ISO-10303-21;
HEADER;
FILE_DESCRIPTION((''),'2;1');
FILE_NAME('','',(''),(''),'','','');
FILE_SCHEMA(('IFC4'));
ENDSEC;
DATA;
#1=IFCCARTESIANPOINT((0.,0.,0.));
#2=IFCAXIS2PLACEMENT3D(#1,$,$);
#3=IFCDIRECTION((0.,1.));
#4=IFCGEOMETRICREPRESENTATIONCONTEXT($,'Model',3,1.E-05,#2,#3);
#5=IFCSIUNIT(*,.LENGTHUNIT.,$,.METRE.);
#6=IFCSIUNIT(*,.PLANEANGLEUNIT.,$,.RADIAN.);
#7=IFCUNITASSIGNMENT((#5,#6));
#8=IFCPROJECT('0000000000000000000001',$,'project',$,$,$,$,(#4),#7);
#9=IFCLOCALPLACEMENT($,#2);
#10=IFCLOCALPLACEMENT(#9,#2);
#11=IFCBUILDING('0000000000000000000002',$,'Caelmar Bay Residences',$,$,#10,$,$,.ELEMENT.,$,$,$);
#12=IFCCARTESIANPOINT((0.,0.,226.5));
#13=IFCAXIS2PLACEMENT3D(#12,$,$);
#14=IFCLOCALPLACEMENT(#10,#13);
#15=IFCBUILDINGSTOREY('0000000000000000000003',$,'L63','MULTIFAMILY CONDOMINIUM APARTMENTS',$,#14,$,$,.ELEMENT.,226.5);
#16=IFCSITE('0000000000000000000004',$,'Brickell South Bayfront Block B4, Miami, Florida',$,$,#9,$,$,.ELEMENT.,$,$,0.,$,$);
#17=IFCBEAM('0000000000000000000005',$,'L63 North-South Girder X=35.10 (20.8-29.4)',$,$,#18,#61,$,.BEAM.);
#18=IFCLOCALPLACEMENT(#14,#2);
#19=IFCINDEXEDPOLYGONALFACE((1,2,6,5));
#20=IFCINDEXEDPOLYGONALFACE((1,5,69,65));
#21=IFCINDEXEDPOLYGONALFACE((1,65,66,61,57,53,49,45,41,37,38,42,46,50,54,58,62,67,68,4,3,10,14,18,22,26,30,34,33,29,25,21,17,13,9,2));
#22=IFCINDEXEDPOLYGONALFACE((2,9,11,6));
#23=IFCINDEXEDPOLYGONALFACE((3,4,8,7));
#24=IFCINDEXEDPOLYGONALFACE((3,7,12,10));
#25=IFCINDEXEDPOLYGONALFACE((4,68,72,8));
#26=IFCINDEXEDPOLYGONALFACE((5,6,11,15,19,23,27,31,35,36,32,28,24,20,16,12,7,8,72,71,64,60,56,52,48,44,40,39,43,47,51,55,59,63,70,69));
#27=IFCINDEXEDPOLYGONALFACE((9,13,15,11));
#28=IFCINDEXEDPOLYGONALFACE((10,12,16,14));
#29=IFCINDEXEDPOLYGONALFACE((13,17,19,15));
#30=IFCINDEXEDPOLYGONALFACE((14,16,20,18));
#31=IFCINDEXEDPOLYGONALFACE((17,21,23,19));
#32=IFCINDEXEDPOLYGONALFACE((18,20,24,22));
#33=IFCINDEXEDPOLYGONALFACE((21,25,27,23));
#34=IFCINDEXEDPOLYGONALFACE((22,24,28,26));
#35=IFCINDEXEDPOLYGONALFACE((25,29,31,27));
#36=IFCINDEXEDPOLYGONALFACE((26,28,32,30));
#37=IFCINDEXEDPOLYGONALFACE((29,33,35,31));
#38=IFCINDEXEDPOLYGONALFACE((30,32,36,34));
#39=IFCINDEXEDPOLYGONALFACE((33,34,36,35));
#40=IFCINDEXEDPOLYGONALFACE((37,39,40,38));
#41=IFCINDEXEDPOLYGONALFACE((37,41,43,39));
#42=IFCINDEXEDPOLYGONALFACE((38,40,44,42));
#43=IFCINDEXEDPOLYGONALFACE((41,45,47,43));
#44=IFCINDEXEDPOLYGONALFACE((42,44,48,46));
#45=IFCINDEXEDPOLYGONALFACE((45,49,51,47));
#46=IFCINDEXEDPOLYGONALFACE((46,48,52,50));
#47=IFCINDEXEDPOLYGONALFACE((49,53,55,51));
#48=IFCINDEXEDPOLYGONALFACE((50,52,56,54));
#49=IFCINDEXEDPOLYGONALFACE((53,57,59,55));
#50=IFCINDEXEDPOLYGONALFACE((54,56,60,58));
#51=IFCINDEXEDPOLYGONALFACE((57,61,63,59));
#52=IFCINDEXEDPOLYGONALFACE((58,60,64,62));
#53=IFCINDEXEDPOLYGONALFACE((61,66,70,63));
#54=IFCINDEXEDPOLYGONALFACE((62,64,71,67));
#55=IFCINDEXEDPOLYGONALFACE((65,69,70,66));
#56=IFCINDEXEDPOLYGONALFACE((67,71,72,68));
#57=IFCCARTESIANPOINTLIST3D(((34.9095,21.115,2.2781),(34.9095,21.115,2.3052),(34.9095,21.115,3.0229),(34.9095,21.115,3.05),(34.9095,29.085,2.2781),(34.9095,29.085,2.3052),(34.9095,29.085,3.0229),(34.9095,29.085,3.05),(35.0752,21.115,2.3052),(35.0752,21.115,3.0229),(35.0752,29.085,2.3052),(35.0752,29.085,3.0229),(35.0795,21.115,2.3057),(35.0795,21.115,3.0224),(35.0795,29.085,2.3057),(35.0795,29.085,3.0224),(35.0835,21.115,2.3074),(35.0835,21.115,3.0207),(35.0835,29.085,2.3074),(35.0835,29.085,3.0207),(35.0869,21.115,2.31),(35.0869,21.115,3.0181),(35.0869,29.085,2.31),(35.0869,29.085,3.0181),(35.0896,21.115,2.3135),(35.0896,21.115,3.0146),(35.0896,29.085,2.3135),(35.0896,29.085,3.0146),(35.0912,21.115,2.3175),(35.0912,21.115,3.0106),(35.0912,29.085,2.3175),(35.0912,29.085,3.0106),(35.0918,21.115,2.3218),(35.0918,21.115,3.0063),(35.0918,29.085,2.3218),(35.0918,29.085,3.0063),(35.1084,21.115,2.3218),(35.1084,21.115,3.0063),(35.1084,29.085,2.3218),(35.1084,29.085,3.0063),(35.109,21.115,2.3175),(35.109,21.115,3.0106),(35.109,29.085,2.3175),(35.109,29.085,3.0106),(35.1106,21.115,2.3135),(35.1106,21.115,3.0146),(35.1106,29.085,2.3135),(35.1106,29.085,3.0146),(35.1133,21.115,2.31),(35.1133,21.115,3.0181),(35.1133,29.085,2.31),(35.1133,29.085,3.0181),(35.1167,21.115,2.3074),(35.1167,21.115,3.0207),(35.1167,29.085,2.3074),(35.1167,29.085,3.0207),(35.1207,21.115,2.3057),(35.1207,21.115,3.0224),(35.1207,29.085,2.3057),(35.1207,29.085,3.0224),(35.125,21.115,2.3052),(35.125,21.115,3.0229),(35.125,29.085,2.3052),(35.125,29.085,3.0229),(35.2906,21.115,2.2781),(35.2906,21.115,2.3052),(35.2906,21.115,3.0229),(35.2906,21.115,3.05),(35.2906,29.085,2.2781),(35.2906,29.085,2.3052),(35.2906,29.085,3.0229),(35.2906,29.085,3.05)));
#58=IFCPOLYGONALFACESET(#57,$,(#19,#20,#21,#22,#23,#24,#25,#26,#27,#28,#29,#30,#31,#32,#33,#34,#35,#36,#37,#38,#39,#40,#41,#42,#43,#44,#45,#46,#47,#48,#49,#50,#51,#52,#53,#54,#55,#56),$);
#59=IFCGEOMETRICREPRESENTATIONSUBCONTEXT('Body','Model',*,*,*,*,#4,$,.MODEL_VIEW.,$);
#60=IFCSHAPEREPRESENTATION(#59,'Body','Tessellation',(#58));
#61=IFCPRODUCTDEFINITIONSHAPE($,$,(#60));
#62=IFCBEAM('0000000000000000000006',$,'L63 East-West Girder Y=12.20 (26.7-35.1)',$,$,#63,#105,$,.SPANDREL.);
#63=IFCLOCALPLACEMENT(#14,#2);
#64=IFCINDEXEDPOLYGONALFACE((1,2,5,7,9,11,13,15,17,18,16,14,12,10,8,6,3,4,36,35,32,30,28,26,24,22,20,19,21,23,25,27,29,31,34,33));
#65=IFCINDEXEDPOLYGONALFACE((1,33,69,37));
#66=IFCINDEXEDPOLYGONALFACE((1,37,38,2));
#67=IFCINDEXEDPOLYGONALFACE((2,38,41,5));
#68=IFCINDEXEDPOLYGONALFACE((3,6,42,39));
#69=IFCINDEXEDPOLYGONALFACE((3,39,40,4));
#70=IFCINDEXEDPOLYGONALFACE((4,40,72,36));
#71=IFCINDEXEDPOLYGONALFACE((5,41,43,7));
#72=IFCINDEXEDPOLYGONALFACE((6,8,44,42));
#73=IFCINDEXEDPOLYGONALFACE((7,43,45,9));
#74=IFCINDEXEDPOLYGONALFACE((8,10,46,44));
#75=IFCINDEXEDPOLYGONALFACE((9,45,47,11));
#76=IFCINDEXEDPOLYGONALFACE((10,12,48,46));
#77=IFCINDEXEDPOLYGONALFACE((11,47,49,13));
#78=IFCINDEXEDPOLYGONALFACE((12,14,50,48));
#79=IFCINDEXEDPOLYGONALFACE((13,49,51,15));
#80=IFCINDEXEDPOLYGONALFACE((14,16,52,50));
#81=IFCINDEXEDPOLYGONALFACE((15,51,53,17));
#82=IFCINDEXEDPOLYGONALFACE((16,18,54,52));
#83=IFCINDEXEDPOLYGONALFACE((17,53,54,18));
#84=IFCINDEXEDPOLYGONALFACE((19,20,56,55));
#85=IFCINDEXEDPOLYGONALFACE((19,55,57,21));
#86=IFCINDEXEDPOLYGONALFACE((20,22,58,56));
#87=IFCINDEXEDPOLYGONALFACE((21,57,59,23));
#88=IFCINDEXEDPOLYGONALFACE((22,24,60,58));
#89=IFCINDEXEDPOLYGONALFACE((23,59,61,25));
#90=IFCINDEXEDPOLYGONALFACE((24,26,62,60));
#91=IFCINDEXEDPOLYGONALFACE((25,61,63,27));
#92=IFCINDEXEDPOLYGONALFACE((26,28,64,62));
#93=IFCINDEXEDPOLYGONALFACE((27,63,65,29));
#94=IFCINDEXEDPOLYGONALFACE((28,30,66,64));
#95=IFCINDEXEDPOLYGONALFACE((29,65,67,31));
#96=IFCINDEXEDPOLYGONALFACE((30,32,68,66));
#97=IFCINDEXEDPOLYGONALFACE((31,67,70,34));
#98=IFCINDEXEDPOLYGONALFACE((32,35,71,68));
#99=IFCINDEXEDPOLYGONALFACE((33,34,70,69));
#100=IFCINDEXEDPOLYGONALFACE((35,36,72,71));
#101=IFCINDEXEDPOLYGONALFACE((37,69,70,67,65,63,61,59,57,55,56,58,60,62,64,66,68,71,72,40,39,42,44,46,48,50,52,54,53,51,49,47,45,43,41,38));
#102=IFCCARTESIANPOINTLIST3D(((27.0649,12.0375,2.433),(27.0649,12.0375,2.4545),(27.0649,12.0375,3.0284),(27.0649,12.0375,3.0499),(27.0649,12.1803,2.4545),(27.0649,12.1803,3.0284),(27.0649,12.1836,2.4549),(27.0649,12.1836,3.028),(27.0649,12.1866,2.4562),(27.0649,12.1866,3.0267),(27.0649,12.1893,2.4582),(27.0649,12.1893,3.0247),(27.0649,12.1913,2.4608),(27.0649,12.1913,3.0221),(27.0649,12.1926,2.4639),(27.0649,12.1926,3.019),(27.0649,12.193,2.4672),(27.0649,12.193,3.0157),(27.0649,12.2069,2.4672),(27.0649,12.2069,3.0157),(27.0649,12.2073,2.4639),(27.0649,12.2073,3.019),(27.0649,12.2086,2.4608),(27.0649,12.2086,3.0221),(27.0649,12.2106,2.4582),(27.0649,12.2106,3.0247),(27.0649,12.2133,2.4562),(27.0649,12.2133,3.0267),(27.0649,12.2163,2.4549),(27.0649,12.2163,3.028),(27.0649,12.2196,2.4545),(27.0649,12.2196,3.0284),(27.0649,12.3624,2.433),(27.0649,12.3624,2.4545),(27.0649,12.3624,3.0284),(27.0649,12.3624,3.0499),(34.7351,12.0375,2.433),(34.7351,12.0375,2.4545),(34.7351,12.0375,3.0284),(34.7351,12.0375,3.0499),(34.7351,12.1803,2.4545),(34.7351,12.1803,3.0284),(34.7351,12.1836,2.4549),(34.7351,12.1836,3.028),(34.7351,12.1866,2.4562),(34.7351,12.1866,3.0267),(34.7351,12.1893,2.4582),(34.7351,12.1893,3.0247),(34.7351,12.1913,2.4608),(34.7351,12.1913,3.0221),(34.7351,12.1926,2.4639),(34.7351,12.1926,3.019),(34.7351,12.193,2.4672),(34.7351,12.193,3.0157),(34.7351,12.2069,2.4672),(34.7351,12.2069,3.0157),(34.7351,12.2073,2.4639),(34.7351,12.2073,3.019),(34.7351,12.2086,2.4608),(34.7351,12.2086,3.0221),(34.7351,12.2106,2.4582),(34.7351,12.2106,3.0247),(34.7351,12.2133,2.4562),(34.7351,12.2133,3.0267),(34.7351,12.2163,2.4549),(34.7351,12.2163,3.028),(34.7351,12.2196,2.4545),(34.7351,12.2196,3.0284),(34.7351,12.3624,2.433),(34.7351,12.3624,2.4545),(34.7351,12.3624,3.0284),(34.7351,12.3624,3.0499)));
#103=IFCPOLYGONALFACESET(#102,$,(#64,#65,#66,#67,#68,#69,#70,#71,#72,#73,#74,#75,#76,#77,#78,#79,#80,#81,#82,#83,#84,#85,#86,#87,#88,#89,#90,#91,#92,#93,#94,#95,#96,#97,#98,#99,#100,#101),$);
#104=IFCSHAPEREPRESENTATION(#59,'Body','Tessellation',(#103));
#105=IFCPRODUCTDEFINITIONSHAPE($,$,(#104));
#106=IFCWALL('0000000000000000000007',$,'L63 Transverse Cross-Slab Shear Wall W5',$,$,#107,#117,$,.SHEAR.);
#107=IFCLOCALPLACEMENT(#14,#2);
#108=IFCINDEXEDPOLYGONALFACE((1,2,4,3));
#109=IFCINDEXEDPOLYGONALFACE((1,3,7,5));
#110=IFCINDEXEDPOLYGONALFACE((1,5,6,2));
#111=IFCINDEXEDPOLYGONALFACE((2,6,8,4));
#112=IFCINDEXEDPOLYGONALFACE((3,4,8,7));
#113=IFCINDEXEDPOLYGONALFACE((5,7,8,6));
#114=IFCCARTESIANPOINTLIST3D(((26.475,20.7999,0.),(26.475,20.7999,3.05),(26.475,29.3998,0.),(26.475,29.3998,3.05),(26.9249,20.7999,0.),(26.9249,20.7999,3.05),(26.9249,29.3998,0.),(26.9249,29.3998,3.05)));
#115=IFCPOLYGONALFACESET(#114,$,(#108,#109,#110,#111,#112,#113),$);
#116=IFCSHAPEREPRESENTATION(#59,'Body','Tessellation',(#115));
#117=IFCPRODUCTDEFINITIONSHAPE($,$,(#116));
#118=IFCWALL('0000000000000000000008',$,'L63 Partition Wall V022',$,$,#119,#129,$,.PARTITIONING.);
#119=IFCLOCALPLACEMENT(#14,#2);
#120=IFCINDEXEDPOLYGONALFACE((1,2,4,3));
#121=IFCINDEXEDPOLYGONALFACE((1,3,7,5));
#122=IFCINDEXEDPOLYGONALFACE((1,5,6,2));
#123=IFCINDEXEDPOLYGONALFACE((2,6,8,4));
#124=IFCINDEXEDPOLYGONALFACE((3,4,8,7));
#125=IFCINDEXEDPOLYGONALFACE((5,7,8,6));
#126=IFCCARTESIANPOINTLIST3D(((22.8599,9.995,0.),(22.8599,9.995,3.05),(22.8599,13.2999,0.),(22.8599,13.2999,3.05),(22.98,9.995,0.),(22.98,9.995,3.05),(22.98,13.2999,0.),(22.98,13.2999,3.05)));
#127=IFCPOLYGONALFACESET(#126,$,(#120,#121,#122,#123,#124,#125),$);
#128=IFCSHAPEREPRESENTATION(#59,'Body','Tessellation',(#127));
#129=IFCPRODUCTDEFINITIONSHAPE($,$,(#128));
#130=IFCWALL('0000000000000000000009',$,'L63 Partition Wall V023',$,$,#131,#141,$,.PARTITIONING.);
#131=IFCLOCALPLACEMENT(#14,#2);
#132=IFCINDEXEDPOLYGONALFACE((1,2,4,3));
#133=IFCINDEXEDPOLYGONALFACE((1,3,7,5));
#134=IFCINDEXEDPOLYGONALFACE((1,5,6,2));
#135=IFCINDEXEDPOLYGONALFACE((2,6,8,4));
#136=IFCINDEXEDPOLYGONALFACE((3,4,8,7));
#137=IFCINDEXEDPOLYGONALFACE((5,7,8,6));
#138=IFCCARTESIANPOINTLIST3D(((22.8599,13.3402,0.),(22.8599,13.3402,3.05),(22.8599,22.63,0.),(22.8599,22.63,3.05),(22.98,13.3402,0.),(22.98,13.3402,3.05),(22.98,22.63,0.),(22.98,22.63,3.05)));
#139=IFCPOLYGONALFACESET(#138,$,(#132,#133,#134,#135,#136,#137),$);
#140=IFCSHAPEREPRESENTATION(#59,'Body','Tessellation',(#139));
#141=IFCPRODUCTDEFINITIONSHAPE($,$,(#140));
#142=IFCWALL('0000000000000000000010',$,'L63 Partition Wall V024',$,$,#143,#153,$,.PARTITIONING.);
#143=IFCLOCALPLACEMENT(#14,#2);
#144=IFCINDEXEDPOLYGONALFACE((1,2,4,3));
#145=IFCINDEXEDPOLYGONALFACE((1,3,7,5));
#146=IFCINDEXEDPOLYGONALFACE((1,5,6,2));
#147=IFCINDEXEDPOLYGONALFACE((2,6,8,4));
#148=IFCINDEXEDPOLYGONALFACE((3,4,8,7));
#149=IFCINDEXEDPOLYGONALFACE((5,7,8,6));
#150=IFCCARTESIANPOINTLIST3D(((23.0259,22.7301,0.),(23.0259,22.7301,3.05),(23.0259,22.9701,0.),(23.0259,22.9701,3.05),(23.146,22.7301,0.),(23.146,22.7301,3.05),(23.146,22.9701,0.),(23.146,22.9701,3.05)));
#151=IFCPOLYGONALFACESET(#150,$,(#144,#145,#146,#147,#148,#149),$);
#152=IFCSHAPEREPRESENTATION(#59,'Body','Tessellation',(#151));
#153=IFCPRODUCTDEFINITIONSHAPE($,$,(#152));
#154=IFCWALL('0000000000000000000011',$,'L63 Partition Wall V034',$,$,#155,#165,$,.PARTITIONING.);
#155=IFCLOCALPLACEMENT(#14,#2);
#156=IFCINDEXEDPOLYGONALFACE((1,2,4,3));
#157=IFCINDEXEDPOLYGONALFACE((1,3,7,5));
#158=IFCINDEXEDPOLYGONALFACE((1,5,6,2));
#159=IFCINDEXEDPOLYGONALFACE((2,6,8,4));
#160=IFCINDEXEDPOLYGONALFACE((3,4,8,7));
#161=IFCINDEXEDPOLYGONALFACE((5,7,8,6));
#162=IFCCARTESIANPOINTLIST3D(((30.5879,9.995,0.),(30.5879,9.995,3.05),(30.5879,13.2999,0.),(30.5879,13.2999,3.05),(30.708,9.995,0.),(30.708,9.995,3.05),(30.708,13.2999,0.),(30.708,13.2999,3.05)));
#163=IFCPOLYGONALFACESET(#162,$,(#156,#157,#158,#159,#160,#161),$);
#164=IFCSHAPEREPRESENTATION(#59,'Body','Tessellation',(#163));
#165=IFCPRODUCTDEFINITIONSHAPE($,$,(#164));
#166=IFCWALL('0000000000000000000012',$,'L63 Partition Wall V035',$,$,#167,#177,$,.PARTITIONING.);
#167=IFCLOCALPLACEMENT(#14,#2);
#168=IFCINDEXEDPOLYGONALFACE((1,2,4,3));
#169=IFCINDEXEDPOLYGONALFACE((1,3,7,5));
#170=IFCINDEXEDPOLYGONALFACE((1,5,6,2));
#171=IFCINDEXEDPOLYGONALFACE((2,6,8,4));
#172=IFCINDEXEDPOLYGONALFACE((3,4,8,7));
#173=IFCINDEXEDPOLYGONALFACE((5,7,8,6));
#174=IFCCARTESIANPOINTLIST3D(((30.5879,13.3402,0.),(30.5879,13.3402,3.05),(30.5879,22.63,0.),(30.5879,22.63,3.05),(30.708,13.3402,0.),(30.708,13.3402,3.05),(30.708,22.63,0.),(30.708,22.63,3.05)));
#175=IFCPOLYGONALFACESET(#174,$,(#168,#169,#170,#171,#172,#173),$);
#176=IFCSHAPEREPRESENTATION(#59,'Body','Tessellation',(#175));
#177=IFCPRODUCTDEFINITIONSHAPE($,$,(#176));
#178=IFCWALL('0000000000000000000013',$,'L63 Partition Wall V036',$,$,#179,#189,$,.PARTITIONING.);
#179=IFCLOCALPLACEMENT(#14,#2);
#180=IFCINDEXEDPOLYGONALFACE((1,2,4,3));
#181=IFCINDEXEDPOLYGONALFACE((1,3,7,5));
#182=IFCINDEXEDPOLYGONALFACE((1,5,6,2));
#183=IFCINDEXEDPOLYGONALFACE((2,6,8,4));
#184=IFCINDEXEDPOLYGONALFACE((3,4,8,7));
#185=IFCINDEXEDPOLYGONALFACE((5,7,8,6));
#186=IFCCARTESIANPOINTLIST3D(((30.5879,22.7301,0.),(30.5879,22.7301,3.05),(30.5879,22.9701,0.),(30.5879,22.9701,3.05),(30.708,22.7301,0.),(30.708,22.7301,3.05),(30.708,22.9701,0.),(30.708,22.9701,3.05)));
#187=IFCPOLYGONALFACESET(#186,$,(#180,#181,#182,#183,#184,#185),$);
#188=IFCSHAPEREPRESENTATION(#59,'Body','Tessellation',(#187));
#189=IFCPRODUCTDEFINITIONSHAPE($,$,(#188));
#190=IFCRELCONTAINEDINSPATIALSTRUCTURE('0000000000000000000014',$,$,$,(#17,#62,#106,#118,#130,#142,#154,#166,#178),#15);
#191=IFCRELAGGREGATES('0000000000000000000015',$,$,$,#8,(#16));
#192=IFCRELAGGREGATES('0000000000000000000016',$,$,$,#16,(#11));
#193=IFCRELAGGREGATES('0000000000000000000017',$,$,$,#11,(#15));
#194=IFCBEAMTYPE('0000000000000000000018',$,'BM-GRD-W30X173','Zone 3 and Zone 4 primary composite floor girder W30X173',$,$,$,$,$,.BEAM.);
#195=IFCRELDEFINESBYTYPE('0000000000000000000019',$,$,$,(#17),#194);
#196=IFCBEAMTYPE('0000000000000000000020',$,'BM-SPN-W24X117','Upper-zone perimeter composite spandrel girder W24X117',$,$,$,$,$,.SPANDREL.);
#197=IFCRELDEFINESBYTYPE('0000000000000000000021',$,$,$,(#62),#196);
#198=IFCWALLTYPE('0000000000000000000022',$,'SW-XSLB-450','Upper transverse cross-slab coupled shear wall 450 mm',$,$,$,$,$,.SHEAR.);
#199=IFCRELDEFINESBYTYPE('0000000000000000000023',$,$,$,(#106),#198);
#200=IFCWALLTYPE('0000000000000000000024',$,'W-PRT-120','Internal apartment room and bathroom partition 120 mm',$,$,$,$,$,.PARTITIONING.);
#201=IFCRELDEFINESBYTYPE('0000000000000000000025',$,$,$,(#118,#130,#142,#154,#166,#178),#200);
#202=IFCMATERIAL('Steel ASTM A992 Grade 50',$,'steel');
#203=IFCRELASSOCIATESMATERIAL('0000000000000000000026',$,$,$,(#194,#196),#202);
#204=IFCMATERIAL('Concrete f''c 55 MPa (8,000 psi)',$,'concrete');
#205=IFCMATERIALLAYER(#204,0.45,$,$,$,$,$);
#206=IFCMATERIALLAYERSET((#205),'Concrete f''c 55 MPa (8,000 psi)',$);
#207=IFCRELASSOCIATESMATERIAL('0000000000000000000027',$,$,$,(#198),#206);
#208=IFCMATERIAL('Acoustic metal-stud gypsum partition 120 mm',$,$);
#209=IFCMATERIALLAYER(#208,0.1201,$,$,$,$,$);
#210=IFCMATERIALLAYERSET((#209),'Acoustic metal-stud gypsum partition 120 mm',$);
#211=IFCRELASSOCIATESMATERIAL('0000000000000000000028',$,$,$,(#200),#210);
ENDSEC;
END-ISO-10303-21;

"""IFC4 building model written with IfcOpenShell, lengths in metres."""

from ifc_helpers import new_model, si_unit, direction, frame, frame_2d, origin, origin_2d, place, context, subcontext, project, spatial, rectangle, i_section, extrude, material, layer, layer_set, material_profile, profile_set, type_object, element, save


model = new_model("IFC4")

# Units and contexts
model_context = context("Model", 3, precision=1e-05, world=origin(), true_north=direction((0.0, 1.0)))
body_context = subcontext(model_context, "Body", "Model", "MODEL_VIEW")
ifc_project = project(units=[si_unit("LENGTHUNIT", "METRE"), si_unit("PLANEANGLEUNIT", "RADIAN")], contexts=[model_context])

# Site, building, storey
site_placement = place(None, origin())
site = spatial("IfcSite", under=ifc_project, at=site_placement, Name="Brickell South Bayfront Block B4, Miami, Florida", CompositionType="ELEMENT", RefElevation=0.0)
building_placement = place(site_placement, origin())
building = spatial("IfcBuilding", under=site, at=building_placement, Name="Caelmar Bay Residences", CompositionType="ELEMENT")
storey_placement = place(building_placement, frame((0.0, 0.0, 226.5)))
storey = spatial("IfcBuildingStorey", under=building, at=storey_placement, Name="L63", Description="MULTIFAMILY CONDOMINIUM APARTMENTS", CompositionType="ELEMENT", Elevation=226.5)

# Shared definitions
ifc_material_1 = material(Name="Concrete f'c 55 MPa (8,000 psi)", Category="concrete")

# Beams
ifc_material_2 = material(Name="Steel ASTM A992 Grade 50", Category="steel")
ifc_material_profile_1 = material_profile(ifc_material_2, i_section(OverallWidth=0.3811, OverallDepth=0.772, WebThickness=0.0166, FlangeThickness=0.0271, FilletRadius=0.0166, at=origin_2d()), Name="W30X173")
ifc_profile_set_1 = profile_set([ifc_material_profile_1], Name="Steel ASTM A992 Grade 50")
beam_type_1 = type_object("IfcBeamType", Name="BM-GRD-W30X173", Description="Zone 3 and Zone 4 primary composite floor girder W30X173", PredefinedType="BEAM", material=ifc_profile_set_1)
beam_1_placement = place(storey_placement, frame((35.1001, 21.115, 2.6641), z_axis=(0.0, 1.0, 0.0), x_axis=(-1.0, 0.0, 0.0)))
element("IfcBeam", 1, at=beam_1_placement, inside=storey, type_object=beam_type_1, Name="L63 North-South Girder X=35.10 (20.8-29.4)", PredefinedType="BEAM", context=body_context, shape_type="SweptSolid", body=[
    extrude(i_section(OverallWidth=0.3811, OverallDepth=0.772, WebThickness=0.0166, FlangeThickness=0.0271, FilletRadius=0.0166, at=origin_2d()), origin(), (0.0, 0.0, 1.0), 7.97),
])
ifc_material_profile_2 = material_profile(ifc_material_2, i_section(OverallWidth=0.325, OverallDepth=0.6169, WebThickness=0.0139, FlangeThickness=0.0215, FilletRadius=0.0127, at=origin_2d()), Name="W24X117")
ifc_profile_set_2 = profile_set([ifc_material_profile_2], Name="Steel ASTM A992 Grade 50")
beam_type_2 = type_object("IfcBeamType", Name="BM-SPN-W24X117", Description="Upper-zone perimeter composite spandrel girder W24X117", PredefinedType="SPANDREL", material=ifc_profile_set_2)
beam_2_placement = place(storey_placement, frame((27.0649, 12.2, 2.7415), z_axis=(1.0, 0.0, 0.0), x_axis=(0.0, 1.0, 0.0)))
element("IfcBeam", 2, at=beam_2_placement, inside=storey, type_object=beam_type_2, Name="L63 East-West Girder Y=12.20 (26.7-35.1)", PredefinedType="SPANDREL", context=body_context, shape_type="SweptSolid", body=[
    extrude(i_section(OverallWidth=0.325, OverallDepth=0.6169, WebThickness=0.0139, FlangeThickness=0.0215, FilletRadius=0.0127, at=origin_2d()), origin(), (0.0, 0.0, 1.0), 7.6702),
])

# Walls
ifc_layer_1 = layer(ifc_material_1, 0.45)
ifc_layer_set_1 = layer_set([ifc_layer_1], Name="Concrete f'c 55 MPa (8,000 psi)")
wall_type_1 = type_object("IfcWallType", Name="SW-XSLB-450", Description="Upper transverse cross-slab coupled shear wall 450 mm", PredefinedType="SHEAR", material=ifc_layer_set_1)
wall_1_placement = place(storey_placement, frame((26.7, 20.8, 0.0), z_axis=(0.0, 0.0, 1.0), x_axis=(0.0, 1.0, 0.0)))
element("IfcWall", 3, at=wall_1_placement, inside=storey, type_object=wall_type_1, Name="L63 Transverse Cross-Slab Shear Wall W5", PredefinedType="SHEAR", context=body_context, shape_type="SweptSolid", body=[
    extrude(rectangle(XDim=8.5999, YDim=0.45, at=frame_2d((4.2998, 0.0))), origin(), (0.0, 0.0, 1.0), 3.05),
])
ifc_material_3 = material(Name="Acoustic metal-stud gypsum partition 120 mm")
ifc_layer_2 = layer(ifc_material_3, 0.1201)
ifc_layer_set_2 = layer_set([ifc_layer_2], Name="Acoustic metal-stud gypsum partition 120 mm")
wall_type_2 = type_object("IfcWallType", Name="W-PRT-120", Description="Internal apartment room and bathroom partition 120 mm", PredefinedType="PARTITIONING", material=ifc_layer_set_2)
wall_2_placement = place(storey_placement, frame((22.9199, 9.9951, 0.0), z_axis=(0.0, 0.0, 1.0), x_axis=(0.0, 1.0, 0.0)))
element("IfcWall", 4, at=wall_2_placement, inside=storey, type_object=wall_type_2, Name="L63 Partition Wall V022", PredefinedType="PARTITIONING", context=body_context, shape_type="SweptSolid", body=[
    extrude(rectangle(XDim=3.3049, YDim=0.1201, at=frame_2d((1.6523, 0.0))), origin(), (0.0, 0.0, 1.0), 3.05),
])
wall_3_placement = place(storey_placement, frame((22.9199, 13.3401, 0.0), z_axis=(0.0, 0.0, 1.0), x_axis=(0.0, 1.0, 0.0)))
element("IfcWall", 5, at=wall_3_placement, inside=storey, type_object=wall_type_2, Name="L63 Partition Wall V023", PredefinedType="PARTITIONING", context=body_context, shape_type="SweptSolid", body=[
    extrude(rectangle(XDim=9.2898, YDim=0.1201, at=frame_2d((4.645, 0.0))), origin(), (0.0, 0.0, 1.0), 3.05),
])
wall_4_placement = place(storey_placement, frame((23.0859, 22.73, 0.0), z_axis=(0.0, 0.0, 1.0), x_axis=(0.0, 1.0, 0.0)))
element("IfcWall", 6, at=wall_4_placement, inside=storey, type_object=wall_type_2, Name="L63 Partition Wall V024", PredefinedType="PARTITIONING", context=body_context, shape_type="SweptSolid", body=[
    extrude(rectangle(XDim=0.24, YDim=0.1201, at=frame_2d((0.1201, 0.0))), origin(), (0.0, 0.0, 1.0), 3.05),
])
wall_5_placement = place(storey_placement, frame((30.6479, 9.9951, 0.0), z_axis=(0.0, 0.0, 1.0), x_axis=(0.0, 1.0, 0.0)))
element("IfcWall", 7, at=wall_5_placement, inside=storey, type_object=wall_type_2, Name="L63 Partition Wall V034", PredefinedType="PARTITIONING", context=body_context, shape_type="SweptSolid", body=[
    extrude(rectangle(XDim=3.3049, YDim=0.1201, at=frame_2d((1.6523, 0.0))), origin(), (0.0, 0.0, 1.0), 3.05),
])
wall_6_placement = place(storey_placement, frame((30.6479, 13.3401, 0.0), z_axis=(0.0, 0.0, 1.0), x_axis=(0.0, 1.0, 0.0)))
element("IfcWall", 8, at=wall_6_placement, inside=storey, type_object=wall_type_2, Name="L63 Partition Wall V035", PredefinedType="PARTITIONING", context=body_context, shape_type="SweptSolid", body=[
    extrude(rectangle(XDim=9.2898, YDim=0.1201, at=frame_2d((4.645, 0.0))), origin(), (0.0, 0.0, 1.0), 3.05),
])
wall_7_placement = place(storey_placement, frame((30.6479, 22.73, 0.0), z_axis=(0.0, 0.0, 1.0), x_axis=(0.0, 1.0, 0.0)))
element("IfcWall", 9, at=wall_7_placement, inside=storey, type_object=wall_type_2, Name="L63 Partition Wall V036", PredefinedType="PARTITIONING", context=body_context, shape_type="SweptSolid", body=[
    extrude(rectangle(XDim=0.24, YDim=0.1201, at=frame_2d((0.1201, 0.0))), origin(), (0.0, 0.0, 1.0), 3.05),
])

save(model, "model.ifc")
